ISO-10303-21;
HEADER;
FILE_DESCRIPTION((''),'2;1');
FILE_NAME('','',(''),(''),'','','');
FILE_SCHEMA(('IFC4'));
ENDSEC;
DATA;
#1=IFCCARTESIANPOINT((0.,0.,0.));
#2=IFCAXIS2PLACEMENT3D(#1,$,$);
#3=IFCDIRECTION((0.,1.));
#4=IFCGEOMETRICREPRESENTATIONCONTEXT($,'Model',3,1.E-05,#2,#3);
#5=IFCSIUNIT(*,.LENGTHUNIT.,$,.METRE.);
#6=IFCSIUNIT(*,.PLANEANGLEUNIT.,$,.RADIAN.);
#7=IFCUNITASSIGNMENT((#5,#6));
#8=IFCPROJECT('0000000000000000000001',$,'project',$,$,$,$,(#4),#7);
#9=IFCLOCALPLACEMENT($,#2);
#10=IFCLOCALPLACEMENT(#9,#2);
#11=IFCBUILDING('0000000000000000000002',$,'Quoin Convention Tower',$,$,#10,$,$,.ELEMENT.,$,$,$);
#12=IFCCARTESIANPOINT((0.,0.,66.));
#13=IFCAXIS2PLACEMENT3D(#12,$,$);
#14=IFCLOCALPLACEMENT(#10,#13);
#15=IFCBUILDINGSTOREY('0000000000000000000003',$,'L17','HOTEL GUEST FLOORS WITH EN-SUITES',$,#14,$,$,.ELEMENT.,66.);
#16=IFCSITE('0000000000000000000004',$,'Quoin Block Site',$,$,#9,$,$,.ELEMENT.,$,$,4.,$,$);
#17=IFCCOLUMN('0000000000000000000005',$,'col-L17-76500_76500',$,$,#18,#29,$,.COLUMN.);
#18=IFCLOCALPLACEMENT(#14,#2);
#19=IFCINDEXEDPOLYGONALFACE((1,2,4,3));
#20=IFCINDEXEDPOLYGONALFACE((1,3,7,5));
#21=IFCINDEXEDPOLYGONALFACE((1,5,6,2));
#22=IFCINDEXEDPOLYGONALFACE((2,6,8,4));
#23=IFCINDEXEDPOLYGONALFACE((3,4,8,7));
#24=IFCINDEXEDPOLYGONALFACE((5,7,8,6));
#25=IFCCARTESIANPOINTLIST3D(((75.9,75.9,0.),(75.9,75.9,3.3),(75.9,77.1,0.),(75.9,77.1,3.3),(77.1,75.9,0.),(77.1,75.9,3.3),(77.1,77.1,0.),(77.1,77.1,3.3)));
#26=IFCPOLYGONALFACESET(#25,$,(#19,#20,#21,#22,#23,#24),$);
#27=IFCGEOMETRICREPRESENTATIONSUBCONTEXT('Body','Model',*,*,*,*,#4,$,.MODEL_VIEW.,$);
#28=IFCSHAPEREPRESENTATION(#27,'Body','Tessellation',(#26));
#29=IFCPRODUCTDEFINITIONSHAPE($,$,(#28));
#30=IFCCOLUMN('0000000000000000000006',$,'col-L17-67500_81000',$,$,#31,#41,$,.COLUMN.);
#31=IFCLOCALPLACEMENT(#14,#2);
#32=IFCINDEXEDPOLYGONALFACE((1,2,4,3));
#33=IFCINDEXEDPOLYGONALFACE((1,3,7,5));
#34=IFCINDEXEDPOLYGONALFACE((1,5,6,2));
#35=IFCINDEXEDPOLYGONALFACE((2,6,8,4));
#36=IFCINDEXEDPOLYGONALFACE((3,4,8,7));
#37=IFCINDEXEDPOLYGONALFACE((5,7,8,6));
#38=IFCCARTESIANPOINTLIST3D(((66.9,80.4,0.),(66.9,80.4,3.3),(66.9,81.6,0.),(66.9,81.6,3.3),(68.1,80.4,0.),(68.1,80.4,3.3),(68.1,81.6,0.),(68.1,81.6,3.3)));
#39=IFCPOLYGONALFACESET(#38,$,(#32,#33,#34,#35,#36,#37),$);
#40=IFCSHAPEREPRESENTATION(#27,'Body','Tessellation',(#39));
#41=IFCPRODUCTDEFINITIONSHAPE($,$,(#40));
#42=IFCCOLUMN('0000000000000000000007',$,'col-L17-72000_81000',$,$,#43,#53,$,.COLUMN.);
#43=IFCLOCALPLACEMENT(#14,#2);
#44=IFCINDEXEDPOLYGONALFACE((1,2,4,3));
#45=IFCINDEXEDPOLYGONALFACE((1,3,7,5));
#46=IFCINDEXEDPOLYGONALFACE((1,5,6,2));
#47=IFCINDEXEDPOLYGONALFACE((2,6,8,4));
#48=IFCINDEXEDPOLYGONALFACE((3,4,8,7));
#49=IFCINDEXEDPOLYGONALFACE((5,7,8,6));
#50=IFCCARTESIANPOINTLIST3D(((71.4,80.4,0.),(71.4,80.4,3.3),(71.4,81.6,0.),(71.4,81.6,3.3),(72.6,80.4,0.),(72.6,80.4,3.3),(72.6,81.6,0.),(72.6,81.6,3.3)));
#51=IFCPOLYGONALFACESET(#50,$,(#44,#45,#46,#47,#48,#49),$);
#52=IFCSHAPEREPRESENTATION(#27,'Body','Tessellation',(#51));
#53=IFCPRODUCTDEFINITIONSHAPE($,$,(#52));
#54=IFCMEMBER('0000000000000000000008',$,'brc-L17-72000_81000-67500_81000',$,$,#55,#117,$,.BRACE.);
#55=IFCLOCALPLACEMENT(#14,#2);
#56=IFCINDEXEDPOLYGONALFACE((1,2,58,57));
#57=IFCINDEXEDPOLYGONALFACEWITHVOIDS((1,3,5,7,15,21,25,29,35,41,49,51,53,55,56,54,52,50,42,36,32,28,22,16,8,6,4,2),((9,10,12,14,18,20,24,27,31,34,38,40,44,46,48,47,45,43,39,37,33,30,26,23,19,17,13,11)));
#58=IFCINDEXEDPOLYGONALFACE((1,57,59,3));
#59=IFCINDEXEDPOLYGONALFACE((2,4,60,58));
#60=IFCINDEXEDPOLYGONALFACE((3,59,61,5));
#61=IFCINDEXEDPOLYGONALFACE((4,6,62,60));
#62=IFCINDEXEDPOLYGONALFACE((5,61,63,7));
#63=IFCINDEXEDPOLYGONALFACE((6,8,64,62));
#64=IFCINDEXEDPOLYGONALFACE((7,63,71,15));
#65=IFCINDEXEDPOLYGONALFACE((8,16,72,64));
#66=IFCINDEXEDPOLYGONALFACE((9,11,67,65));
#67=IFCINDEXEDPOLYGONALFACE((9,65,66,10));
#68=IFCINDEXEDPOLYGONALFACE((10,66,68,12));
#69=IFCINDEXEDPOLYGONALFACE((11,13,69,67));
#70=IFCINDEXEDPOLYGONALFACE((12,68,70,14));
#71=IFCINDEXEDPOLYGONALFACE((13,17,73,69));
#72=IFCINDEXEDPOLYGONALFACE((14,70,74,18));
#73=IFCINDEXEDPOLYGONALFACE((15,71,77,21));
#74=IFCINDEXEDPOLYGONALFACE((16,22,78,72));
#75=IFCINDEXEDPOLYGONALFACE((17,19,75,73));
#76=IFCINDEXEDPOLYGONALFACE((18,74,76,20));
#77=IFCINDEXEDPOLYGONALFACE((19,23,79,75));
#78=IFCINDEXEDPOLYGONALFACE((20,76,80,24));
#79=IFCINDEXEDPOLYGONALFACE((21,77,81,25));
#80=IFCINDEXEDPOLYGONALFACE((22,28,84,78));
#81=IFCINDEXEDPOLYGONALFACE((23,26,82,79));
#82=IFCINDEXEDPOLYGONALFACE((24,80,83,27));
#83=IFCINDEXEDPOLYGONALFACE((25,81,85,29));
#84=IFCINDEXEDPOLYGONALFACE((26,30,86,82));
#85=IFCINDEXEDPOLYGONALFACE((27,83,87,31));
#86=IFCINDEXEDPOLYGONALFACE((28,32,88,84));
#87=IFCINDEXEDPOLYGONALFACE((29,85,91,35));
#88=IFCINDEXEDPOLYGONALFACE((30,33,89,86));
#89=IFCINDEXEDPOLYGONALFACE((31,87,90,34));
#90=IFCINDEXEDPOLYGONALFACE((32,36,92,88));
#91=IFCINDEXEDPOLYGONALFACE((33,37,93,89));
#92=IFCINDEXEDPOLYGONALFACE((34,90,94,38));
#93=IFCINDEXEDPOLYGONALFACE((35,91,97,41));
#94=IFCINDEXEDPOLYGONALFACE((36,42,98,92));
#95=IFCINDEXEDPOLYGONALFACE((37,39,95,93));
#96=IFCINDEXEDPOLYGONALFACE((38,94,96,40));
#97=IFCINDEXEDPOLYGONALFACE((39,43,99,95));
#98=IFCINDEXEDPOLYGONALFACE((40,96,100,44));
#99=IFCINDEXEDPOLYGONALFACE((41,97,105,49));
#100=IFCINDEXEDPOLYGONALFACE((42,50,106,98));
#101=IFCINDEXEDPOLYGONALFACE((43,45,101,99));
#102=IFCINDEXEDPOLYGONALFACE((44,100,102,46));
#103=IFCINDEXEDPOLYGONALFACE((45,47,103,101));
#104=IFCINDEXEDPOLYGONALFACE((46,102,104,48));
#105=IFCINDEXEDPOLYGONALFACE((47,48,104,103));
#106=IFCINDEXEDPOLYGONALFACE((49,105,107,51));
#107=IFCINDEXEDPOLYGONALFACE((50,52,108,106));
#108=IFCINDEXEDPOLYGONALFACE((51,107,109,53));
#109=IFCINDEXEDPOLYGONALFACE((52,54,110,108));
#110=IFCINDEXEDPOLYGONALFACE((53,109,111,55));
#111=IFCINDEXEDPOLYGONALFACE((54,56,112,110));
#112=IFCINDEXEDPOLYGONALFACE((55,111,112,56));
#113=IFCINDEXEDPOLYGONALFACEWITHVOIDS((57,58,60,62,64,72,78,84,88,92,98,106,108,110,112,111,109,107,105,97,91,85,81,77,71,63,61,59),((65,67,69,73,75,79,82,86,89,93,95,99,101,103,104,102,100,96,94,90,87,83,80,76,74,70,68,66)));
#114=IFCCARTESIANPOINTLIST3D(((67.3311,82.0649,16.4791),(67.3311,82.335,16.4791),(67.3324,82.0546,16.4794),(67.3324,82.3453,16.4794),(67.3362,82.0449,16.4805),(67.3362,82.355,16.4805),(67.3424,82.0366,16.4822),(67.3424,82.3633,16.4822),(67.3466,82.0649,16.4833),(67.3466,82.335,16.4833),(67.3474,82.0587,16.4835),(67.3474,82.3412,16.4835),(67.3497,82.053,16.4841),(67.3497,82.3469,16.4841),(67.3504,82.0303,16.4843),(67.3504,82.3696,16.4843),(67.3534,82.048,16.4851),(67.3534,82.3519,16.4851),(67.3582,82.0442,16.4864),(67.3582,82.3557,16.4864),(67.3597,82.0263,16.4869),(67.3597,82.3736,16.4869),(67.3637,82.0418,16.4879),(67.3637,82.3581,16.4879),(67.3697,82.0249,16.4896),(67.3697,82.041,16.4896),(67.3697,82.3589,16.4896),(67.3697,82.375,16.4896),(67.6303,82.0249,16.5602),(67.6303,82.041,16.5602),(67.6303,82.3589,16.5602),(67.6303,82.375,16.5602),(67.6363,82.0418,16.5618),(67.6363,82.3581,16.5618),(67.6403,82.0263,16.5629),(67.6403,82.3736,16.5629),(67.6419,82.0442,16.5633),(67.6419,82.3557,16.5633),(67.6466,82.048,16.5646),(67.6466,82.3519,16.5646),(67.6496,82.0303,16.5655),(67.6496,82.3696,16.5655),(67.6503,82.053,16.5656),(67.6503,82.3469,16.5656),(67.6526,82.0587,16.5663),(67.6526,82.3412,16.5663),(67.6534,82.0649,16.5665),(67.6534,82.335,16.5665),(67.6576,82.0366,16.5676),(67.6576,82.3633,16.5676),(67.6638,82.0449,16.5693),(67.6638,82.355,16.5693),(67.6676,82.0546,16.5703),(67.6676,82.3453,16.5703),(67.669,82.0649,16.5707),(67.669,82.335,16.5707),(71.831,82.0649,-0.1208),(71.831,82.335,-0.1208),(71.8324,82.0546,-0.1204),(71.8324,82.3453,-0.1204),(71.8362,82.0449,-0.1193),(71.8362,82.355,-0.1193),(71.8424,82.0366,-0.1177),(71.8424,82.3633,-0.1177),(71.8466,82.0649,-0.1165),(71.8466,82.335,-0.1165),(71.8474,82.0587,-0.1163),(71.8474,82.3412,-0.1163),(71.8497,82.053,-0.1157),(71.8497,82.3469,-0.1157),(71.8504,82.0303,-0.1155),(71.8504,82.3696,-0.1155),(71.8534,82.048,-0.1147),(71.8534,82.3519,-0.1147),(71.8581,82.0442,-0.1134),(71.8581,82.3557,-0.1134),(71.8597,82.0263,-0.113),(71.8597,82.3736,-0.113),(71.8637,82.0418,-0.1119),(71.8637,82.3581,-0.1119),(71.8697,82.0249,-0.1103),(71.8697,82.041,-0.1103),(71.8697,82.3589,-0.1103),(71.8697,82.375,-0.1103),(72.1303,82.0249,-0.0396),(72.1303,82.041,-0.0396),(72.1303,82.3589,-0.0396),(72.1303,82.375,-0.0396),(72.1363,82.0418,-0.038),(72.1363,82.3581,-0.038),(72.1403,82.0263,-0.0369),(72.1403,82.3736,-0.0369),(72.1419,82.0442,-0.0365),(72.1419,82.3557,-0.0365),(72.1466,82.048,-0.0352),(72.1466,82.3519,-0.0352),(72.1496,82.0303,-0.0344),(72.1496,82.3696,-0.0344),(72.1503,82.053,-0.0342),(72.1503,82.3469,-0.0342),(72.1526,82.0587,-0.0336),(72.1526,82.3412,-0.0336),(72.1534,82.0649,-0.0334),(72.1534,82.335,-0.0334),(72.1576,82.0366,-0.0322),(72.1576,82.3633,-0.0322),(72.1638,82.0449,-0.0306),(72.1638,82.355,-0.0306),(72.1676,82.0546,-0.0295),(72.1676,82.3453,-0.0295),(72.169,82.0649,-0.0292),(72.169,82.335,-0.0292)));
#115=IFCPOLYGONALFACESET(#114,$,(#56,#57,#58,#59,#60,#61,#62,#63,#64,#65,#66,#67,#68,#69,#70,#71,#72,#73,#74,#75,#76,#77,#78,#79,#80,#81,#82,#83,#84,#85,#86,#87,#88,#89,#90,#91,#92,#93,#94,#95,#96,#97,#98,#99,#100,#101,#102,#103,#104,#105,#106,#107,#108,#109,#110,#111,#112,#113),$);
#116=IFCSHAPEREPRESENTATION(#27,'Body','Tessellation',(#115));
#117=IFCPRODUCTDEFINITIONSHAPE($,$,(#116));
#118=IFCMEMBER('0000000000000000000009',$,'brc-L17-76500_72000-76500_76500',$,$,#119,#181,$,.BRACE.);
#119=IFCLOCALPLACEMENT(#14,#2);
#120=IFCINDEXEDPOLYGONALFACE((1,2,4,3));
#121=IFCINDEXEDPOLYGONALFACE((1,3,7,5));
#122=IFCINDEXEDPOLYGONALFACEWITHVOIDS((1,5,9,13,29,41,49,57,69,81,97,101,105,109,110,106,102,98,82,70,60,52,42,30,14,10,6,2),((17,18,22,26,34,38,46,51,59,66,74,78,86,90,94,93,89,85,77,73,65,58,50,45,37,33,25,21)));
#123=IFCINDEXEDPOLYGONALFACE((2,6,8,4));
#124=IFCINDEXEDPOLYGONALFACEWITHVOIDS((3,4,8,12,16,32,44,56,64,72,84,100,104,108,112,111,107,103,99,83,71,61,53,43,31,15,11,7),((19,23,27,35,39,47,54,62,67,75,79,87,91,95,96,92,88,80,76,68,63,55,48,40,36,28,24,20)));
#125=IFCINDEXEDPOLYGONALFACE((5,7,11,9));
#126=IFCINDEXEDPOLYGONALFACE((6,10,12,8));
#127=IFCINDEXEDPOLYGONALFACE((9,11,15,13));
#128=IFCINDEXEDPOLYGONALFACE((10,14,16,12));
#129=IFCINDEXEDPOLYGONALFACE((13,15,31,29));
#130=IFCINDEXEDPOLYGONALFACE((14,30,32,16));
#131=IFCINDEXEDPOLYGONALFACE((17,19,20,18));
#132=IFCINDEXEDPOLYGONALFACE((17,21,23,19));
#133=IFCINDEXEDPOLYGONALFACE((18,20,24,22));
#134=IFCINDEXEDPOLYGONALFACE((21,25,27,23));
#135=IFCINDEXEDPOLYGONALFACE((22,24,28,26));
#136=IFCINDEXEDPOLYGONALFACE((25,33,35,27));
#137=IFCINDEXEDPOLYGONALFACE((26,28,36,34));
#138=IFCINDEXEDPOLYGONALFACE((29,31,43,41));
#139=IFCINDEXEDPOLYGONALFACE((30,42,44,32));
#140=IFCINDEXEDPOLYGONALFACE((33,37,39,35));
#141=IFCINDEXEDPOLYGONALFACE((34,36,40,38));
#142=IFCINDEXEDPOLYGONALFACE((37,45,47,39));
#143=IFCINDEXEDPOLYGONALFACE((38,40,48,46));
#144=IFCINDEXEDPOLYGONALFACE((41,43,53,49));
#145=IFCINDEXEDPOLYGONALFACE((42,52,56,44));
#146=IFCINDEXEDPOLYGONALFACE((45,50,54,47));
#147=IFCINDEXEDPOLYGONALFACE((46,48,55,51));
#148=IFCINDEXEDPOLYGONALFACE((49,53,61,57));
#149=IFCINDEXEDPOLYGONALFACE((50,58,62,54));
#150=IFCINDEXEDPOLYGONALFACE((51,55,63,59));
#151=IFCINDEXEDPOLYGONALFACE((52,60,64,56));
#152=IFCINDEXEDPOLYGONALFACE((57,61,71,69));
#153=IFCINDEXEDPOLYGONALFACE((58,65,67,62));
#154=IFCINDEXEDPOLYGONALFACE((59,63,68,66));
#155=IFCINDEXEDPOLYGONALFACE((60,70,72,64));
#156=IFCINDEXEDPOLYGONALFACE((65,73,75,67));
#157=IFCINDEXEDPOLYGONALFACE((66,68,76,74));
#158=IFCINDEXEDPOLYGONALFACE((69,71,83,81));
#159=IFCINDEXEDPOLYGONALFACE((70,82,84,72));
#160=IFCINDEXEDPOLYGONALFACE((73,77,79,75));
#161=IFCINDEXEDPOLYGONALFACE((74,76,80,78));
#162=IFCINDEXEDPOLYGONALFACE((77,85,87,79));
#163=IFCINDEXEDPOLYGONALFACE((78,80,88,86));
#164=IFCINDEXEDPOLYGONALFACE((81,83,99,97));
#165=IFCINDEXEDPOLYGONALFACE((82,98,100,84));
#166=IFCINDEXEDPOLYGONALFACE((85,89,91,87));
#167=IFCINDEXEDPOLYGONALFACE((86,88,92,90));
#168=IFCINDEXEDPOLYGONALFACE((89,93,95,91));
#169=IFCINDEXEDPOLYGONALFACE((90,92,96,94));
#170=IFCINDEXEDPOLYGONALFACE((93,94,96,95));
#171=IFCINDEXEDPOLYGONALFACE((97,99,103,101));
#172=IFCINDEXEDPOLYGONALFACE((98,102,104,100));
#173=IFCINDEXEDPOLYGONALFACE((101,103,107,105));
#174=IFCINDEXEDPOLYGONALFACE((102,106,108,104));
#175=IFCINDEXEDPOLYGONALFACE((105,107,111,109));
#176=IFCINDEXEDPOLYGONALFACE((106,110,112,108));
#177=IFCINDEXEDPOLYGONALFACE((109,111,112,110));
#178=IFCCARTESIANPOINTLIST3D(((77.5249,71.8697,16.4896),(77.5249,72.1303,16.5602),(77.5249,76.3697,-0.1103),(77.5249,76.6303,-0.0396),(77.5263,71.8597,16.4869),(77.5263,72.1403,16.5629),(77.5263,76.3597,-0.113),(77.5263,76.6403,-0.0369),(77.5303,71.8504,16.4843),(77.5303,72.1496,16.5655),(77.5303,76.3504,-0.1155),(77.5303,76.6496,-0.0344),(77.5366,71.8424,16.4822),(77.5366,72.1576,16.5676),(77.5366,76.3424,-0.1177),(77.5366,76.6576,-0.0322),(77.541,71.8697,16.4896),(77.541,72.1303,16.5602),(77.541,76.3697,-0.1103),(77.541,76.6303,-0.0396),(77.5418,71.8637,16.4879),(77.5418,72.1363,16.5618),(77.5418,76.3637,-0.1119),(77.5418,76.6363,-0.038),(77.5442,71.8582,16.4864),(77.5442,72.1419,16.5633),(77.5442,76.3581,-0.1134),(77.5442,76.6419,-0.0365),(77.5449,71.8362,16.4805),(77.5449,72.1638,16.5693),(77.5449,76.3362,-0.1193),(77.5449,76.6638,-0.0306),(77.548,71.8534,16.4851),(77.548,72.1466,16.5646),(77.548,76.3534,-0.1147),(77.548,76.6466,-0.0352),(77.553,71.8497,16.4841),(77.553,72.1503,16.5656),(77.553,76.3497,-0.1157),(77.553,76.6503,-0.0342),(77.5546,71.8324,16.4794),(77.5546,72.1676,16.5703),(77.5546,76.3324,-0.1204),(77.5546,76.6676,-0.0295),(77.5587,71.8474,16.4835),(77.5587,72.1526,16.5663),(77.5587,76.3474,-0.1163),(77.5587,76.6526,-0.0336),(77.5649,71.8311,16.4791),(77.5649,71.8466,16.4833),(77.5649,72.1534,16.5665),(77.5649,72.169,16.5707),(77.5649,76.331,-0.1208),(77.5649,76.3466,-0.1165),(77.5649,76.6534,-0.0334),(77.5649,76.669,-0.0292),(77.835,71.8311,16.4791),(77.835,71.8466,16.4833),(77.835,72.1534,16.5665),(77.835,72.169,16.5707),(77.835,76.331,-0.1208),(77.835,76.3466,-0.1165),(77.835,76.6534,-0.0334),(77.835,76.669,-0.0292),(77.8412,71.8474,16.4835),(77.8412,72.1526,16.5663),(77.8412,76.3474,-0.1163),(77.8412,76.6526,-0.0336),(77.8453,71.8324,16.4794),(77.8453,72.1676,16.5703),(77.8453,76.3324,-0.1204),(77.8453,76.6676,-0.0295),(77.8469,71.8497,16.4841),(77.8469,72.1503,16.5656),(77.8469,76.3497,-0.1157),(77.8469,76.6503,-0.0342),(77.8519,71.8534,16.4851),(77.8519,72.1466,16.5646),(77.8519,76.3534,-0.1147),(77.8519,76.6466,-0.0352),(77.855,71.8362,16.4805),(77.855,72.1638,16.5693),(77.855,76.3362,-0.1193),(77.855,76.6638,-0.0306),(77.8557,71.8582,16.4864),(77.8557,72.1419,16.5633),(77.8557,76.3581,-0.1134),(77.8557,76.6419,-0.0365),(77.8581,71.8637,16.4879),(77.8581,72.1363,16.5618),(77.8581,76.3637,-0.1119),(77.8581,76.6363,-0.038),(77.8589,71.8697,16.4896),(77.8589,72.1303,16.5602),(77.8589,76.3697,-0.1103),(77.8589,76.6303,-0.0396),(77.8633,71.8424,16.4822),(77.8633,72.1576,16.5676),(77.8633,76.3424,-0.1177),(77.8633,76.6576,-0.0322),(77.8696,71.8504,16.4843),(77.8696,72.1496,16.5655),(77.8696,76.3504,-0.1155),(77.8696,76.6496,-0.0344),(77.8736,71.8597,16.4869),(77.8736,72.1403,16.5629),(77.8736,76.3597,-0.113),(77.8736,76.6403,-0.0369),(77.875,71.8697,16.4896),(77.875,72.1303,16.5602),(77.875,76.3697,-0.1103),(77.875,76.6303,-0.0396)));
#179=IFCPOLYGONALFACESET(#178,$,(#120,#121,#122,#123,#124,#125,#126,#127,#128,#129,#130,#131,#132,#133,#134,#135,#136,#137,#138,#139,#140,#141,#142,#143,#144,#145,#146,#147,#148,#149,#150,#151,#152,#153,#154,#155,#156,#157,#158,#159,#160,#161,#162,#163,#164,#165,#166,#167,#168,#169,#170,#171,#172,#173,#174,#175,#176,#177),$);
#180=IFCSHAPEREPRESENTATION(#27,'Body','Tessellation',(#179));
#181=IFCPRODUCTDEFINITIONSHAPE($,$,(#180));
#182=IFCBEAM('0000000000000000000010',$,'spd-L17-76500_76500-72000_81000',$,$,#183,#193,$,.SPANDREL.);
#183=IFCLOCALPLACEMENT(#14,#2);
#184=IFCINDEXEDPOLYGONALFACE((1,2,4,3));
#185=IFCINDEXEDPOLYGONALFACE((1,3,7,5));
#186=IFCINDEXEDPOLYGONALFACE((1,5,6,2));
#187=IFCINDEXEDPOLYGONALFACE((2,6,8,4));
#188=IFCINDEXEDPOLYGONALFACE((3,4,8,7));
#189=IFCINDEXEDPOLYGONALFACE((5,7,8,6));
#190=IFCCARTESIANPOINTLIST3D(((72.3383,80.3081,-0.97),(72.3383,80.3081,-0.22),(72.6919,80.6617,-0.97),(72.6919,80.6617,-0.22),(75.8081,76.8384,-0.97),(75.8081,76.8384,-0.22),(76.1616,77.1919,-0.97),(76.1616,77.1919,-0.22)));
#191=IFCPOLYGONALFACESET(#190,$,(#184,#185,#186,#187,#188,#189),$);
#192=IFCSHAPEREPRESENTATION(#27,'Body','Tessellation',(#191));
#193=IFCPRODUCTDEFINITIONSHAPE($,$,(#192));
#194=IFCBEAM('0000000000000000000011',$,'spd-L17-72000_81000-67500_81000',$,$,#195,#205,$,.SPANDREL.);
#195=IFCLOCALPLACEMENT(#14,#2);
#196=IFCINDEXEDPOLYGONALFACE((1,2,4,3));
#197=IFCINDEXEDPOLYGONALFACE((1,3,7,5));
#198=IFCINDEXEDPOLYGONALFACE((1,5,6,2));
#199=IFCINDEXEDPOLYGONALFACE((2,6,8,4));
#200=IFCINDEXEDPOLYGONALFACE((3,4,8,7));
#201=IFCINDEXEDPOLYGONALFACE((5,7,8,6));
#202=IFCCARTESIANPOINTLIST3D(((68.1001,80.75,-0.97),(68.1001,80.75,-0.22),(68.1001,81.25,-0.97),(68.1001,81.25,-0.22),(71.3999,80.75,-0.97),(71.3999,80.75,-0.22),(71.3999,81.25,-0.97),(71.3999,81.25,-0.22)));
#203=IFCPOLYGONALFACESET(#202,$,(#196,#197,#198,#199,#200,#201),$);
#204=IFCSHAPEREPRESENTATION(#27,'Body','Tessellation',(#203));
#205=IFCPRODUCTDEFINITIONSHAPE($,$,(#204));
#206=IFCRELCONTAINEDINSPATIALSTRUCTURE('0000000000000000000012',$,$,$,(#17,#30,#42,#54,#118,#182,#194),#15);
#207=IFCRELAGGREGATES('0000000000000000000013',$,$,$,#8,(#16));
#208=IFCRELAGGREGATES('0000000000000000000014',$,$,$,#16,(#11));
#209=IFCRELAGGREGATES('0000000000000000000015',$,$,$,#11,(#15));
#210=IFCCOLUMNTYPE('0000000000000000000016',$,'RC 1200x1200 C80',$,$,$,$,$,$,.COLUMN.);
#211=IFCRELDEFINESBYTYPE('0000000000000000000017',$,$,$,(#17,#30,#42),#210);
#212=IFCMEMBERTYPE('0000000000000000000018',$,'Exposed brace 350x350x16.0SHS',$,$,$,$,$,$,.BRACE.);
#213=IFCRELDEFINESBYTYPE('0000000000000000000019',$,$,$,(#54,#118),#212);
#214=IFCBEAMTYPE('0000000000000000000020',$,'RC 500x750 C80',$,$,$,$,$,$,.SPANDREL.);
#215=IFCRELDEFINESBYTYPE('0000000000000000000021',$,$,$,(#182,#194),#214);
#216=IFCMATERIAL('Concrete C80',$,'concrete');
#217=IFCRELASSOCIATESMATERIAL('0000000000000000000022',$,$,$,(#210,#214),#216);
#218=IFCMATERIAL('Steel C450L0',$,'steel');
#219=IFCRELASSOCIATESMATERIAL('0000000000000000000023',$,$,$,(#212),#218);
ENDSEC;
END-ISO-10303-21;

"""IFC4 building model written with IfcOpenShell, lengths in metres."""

from ifc_helpers import new_model, si_unit, direction, frame, origin, origin_2d, place, context, subcontext, project, spatial, rectangle, hollow_rectangle, extrude, material, material_profile, profile_set, type_object, element, save


model = new_model("IFC4")

# Units and contexts
model_context = context("Model", 3, precision=1e-05, world=origin(), true_north=direction((0.0, 1.0)))
body_context = subcontext(model_context, "Body", "Model", "MODEL_VIEW")
ifc_project = project(units=[si_unit("LENGTHUNIT", "METRE"), si_unit("PLANEANGLEUNIT", "RADIAN")], contexts=[model_context])

# Site, building, storey
site_placement = place(None, origin())
site = spatial("IfcSite", under=ifc_project, at=site_placement, Name="Quoin Block Site", CompositionType="ELEMENT", RefElevation=4.0)
building_placement = place(site_placement, origin())
building = spatial("IfcBuilding", under=site, at=building_placement, Name="Quoin Convention Tower", CompositionType="ELEMENT")
storey_placement = place(building_placement, frame((0.0, 0.0, 66.0)))
storey = spatial("IfcBuildingStorey", under=building, at=storey_placement, Name="L17", Description="HOTEL GUEST FLOORS WITH EN-SUITES", CompositionType="ELEMENT", Elevation=66.0)

# Columns
ifc_material_1 = material(Name="Concrete C80", Category="concrete")
ifc_material_profile_1 = material_profile(ifc_material_1, rectangle(XDim=1.2, YDim=1.2, at=origin_2d()), Name="RC 1200x1200")
ifc_profile_set_1 = profile_set([ifc_material_profile_1], Name="Concrete C80")
column_type = type_object("IfcColumnType", Name="RC 1200x1200 C80", PredefinedType="COLUMN", material=ifc_profile_set_1)
for number, where, z_axis, x_axis, name in (
    (1, (76.5, 76.5, 0.0), (0.0, 0.0, 1.0), (1.0, 0.0, 0.0), "col-L17-76500_76500"),
    (2, (67.5, 81.0, 0.0), (0.0, 0.0, 1.0), (1.0, 0.0, 0.0), "col-L17-67500_81000"),
    (3, (72.0, 81.0, 0.0), (0.0, 0.0, 1.0), (1.0, 0.0, 0.0), "col-L17-72000_81000"),
):
    element("IfcColumn", number, at=place(storey_placement, frame(where, z_axis=z_axis, x_axis=x_axis)), inside=storey, type_object=column_type, Name=name, PredefinedType="COLUMN", context=body_context, shape_type="SweptSolid", body=[
        extrude(rectangle(XDim=1.2, YDim=1.2, at=origin_2d()), origin(), (0.0, 0.0, 1.0), 3.3),
    ])

# Members
ifc_material_2 = material(Name="Steel C450L0", Category="steel")
ifc_material_profile_2 = material_profile(ifc_material_2, hollow_rectangle(XDim=0.3501, YDim=0.3501, WallThickness=0.0161, InnerFilletRadius=0.0239, OuterFilletRadius=0.04, at=origin_2d()), Name="350x350x16.0SHS")
ifc_profile_set_2 = profile_set([ifc_material_profile_2], Name="Steel C450L0")
member_type = type_object("IfcMemberType", Name="Exposed brace 350x350x16.0SHS", PredefinedType="BRACE", material=ifc_profile_set_2)
for number, where, z_axis, x_axis, name in (
    (4, (72.0, 82.2, -0.075), (-0.261643, 0.0, 0.965165), (0.0, -1.0, 0.0), "brc-L17-72000_81000-67500_81000"),
    (5, (77.7, 76.5, -0.075), (0.0, -0.261643, 0.965165), (1.0, 0.0, 0.0), "brc-L17-76500_72000-76500_76500"),
):
    element("IfcMember", number, at=place(storey_placement, frame(where, z_axis=z_axis, x_axis=x_axis)), inside=storey, type_object=member_type, Name=name, PredefinedType="BRACE", context=body_context, shape_type="SweptSolid", body=[
        extrude(hollow_rectangle(XDim=0.3501, YDim=0.3501, WallThickness=0.0161, InnerFilletRadius=0.0239, OuterFilletRadius=0.04, at=origin_2d()), origin(), (0.0, 0.0, 1.0), 17.199),
    ])

# Beams
ifc_material_profile_3 = material_profile(ifc_material_1, rectangle(XDim=0.5, YDim=0.75, at=origin_2d()), Name="RC 500x750")
ifc_profile_set_3 = profile_set([ifc_material_profile_3], Name="Concrete C80")
beam_type = type_object("IfcBeamType", Name="RC 500x750 C80", PredefinedType="SPANDREL", material=ifc_profile_set_3)
beam_placement = place(storey_placement, frame((75.9849, 77.0151, -0.595), z_axis=(-0.707107, 0.707107, 0.0), x_axis=(-0.707107, -0.707107, 0.0)))
element("IfcBeam", 6, at=beam_placement, inside=storey, type_object=beam_type, Name="spd-L17-76500_76500-72000_81000", PredefinedType="SPANDREL", context=body_context, shape_type="SweptSolid", body=[
    extrude(rectangle(XDim=0.5, YDim=0.75, at=origin_2d()), origin(), (0.0, 0.0, 1.0), 4.907),
])
for number, where, z_axis, x_axis, name in (
    (7, (71.3999, 81.0, -0.595), (-1.0, 0.0, 0.0), (0.0, -1.0, 0.0), "spd-L17-72000_81000-67500_81000"),
):
    element("IfcBeam", number, at=place(storey_placement, frame(where, z_axis=z_axis, x_axis=x_axis)), inside=storey, type_object=beam_type, Name=name, PredefinedType="SPANDREL", context=body_context, shape_type="SweptSolid", body=[
        extrude(rectangle(XDim=0.5, YDim=0.75, at=origin_2d()), origin(), (0.0, 0.0, 1.0), 3.2998),
    ])

save(model, "model.ifc")
